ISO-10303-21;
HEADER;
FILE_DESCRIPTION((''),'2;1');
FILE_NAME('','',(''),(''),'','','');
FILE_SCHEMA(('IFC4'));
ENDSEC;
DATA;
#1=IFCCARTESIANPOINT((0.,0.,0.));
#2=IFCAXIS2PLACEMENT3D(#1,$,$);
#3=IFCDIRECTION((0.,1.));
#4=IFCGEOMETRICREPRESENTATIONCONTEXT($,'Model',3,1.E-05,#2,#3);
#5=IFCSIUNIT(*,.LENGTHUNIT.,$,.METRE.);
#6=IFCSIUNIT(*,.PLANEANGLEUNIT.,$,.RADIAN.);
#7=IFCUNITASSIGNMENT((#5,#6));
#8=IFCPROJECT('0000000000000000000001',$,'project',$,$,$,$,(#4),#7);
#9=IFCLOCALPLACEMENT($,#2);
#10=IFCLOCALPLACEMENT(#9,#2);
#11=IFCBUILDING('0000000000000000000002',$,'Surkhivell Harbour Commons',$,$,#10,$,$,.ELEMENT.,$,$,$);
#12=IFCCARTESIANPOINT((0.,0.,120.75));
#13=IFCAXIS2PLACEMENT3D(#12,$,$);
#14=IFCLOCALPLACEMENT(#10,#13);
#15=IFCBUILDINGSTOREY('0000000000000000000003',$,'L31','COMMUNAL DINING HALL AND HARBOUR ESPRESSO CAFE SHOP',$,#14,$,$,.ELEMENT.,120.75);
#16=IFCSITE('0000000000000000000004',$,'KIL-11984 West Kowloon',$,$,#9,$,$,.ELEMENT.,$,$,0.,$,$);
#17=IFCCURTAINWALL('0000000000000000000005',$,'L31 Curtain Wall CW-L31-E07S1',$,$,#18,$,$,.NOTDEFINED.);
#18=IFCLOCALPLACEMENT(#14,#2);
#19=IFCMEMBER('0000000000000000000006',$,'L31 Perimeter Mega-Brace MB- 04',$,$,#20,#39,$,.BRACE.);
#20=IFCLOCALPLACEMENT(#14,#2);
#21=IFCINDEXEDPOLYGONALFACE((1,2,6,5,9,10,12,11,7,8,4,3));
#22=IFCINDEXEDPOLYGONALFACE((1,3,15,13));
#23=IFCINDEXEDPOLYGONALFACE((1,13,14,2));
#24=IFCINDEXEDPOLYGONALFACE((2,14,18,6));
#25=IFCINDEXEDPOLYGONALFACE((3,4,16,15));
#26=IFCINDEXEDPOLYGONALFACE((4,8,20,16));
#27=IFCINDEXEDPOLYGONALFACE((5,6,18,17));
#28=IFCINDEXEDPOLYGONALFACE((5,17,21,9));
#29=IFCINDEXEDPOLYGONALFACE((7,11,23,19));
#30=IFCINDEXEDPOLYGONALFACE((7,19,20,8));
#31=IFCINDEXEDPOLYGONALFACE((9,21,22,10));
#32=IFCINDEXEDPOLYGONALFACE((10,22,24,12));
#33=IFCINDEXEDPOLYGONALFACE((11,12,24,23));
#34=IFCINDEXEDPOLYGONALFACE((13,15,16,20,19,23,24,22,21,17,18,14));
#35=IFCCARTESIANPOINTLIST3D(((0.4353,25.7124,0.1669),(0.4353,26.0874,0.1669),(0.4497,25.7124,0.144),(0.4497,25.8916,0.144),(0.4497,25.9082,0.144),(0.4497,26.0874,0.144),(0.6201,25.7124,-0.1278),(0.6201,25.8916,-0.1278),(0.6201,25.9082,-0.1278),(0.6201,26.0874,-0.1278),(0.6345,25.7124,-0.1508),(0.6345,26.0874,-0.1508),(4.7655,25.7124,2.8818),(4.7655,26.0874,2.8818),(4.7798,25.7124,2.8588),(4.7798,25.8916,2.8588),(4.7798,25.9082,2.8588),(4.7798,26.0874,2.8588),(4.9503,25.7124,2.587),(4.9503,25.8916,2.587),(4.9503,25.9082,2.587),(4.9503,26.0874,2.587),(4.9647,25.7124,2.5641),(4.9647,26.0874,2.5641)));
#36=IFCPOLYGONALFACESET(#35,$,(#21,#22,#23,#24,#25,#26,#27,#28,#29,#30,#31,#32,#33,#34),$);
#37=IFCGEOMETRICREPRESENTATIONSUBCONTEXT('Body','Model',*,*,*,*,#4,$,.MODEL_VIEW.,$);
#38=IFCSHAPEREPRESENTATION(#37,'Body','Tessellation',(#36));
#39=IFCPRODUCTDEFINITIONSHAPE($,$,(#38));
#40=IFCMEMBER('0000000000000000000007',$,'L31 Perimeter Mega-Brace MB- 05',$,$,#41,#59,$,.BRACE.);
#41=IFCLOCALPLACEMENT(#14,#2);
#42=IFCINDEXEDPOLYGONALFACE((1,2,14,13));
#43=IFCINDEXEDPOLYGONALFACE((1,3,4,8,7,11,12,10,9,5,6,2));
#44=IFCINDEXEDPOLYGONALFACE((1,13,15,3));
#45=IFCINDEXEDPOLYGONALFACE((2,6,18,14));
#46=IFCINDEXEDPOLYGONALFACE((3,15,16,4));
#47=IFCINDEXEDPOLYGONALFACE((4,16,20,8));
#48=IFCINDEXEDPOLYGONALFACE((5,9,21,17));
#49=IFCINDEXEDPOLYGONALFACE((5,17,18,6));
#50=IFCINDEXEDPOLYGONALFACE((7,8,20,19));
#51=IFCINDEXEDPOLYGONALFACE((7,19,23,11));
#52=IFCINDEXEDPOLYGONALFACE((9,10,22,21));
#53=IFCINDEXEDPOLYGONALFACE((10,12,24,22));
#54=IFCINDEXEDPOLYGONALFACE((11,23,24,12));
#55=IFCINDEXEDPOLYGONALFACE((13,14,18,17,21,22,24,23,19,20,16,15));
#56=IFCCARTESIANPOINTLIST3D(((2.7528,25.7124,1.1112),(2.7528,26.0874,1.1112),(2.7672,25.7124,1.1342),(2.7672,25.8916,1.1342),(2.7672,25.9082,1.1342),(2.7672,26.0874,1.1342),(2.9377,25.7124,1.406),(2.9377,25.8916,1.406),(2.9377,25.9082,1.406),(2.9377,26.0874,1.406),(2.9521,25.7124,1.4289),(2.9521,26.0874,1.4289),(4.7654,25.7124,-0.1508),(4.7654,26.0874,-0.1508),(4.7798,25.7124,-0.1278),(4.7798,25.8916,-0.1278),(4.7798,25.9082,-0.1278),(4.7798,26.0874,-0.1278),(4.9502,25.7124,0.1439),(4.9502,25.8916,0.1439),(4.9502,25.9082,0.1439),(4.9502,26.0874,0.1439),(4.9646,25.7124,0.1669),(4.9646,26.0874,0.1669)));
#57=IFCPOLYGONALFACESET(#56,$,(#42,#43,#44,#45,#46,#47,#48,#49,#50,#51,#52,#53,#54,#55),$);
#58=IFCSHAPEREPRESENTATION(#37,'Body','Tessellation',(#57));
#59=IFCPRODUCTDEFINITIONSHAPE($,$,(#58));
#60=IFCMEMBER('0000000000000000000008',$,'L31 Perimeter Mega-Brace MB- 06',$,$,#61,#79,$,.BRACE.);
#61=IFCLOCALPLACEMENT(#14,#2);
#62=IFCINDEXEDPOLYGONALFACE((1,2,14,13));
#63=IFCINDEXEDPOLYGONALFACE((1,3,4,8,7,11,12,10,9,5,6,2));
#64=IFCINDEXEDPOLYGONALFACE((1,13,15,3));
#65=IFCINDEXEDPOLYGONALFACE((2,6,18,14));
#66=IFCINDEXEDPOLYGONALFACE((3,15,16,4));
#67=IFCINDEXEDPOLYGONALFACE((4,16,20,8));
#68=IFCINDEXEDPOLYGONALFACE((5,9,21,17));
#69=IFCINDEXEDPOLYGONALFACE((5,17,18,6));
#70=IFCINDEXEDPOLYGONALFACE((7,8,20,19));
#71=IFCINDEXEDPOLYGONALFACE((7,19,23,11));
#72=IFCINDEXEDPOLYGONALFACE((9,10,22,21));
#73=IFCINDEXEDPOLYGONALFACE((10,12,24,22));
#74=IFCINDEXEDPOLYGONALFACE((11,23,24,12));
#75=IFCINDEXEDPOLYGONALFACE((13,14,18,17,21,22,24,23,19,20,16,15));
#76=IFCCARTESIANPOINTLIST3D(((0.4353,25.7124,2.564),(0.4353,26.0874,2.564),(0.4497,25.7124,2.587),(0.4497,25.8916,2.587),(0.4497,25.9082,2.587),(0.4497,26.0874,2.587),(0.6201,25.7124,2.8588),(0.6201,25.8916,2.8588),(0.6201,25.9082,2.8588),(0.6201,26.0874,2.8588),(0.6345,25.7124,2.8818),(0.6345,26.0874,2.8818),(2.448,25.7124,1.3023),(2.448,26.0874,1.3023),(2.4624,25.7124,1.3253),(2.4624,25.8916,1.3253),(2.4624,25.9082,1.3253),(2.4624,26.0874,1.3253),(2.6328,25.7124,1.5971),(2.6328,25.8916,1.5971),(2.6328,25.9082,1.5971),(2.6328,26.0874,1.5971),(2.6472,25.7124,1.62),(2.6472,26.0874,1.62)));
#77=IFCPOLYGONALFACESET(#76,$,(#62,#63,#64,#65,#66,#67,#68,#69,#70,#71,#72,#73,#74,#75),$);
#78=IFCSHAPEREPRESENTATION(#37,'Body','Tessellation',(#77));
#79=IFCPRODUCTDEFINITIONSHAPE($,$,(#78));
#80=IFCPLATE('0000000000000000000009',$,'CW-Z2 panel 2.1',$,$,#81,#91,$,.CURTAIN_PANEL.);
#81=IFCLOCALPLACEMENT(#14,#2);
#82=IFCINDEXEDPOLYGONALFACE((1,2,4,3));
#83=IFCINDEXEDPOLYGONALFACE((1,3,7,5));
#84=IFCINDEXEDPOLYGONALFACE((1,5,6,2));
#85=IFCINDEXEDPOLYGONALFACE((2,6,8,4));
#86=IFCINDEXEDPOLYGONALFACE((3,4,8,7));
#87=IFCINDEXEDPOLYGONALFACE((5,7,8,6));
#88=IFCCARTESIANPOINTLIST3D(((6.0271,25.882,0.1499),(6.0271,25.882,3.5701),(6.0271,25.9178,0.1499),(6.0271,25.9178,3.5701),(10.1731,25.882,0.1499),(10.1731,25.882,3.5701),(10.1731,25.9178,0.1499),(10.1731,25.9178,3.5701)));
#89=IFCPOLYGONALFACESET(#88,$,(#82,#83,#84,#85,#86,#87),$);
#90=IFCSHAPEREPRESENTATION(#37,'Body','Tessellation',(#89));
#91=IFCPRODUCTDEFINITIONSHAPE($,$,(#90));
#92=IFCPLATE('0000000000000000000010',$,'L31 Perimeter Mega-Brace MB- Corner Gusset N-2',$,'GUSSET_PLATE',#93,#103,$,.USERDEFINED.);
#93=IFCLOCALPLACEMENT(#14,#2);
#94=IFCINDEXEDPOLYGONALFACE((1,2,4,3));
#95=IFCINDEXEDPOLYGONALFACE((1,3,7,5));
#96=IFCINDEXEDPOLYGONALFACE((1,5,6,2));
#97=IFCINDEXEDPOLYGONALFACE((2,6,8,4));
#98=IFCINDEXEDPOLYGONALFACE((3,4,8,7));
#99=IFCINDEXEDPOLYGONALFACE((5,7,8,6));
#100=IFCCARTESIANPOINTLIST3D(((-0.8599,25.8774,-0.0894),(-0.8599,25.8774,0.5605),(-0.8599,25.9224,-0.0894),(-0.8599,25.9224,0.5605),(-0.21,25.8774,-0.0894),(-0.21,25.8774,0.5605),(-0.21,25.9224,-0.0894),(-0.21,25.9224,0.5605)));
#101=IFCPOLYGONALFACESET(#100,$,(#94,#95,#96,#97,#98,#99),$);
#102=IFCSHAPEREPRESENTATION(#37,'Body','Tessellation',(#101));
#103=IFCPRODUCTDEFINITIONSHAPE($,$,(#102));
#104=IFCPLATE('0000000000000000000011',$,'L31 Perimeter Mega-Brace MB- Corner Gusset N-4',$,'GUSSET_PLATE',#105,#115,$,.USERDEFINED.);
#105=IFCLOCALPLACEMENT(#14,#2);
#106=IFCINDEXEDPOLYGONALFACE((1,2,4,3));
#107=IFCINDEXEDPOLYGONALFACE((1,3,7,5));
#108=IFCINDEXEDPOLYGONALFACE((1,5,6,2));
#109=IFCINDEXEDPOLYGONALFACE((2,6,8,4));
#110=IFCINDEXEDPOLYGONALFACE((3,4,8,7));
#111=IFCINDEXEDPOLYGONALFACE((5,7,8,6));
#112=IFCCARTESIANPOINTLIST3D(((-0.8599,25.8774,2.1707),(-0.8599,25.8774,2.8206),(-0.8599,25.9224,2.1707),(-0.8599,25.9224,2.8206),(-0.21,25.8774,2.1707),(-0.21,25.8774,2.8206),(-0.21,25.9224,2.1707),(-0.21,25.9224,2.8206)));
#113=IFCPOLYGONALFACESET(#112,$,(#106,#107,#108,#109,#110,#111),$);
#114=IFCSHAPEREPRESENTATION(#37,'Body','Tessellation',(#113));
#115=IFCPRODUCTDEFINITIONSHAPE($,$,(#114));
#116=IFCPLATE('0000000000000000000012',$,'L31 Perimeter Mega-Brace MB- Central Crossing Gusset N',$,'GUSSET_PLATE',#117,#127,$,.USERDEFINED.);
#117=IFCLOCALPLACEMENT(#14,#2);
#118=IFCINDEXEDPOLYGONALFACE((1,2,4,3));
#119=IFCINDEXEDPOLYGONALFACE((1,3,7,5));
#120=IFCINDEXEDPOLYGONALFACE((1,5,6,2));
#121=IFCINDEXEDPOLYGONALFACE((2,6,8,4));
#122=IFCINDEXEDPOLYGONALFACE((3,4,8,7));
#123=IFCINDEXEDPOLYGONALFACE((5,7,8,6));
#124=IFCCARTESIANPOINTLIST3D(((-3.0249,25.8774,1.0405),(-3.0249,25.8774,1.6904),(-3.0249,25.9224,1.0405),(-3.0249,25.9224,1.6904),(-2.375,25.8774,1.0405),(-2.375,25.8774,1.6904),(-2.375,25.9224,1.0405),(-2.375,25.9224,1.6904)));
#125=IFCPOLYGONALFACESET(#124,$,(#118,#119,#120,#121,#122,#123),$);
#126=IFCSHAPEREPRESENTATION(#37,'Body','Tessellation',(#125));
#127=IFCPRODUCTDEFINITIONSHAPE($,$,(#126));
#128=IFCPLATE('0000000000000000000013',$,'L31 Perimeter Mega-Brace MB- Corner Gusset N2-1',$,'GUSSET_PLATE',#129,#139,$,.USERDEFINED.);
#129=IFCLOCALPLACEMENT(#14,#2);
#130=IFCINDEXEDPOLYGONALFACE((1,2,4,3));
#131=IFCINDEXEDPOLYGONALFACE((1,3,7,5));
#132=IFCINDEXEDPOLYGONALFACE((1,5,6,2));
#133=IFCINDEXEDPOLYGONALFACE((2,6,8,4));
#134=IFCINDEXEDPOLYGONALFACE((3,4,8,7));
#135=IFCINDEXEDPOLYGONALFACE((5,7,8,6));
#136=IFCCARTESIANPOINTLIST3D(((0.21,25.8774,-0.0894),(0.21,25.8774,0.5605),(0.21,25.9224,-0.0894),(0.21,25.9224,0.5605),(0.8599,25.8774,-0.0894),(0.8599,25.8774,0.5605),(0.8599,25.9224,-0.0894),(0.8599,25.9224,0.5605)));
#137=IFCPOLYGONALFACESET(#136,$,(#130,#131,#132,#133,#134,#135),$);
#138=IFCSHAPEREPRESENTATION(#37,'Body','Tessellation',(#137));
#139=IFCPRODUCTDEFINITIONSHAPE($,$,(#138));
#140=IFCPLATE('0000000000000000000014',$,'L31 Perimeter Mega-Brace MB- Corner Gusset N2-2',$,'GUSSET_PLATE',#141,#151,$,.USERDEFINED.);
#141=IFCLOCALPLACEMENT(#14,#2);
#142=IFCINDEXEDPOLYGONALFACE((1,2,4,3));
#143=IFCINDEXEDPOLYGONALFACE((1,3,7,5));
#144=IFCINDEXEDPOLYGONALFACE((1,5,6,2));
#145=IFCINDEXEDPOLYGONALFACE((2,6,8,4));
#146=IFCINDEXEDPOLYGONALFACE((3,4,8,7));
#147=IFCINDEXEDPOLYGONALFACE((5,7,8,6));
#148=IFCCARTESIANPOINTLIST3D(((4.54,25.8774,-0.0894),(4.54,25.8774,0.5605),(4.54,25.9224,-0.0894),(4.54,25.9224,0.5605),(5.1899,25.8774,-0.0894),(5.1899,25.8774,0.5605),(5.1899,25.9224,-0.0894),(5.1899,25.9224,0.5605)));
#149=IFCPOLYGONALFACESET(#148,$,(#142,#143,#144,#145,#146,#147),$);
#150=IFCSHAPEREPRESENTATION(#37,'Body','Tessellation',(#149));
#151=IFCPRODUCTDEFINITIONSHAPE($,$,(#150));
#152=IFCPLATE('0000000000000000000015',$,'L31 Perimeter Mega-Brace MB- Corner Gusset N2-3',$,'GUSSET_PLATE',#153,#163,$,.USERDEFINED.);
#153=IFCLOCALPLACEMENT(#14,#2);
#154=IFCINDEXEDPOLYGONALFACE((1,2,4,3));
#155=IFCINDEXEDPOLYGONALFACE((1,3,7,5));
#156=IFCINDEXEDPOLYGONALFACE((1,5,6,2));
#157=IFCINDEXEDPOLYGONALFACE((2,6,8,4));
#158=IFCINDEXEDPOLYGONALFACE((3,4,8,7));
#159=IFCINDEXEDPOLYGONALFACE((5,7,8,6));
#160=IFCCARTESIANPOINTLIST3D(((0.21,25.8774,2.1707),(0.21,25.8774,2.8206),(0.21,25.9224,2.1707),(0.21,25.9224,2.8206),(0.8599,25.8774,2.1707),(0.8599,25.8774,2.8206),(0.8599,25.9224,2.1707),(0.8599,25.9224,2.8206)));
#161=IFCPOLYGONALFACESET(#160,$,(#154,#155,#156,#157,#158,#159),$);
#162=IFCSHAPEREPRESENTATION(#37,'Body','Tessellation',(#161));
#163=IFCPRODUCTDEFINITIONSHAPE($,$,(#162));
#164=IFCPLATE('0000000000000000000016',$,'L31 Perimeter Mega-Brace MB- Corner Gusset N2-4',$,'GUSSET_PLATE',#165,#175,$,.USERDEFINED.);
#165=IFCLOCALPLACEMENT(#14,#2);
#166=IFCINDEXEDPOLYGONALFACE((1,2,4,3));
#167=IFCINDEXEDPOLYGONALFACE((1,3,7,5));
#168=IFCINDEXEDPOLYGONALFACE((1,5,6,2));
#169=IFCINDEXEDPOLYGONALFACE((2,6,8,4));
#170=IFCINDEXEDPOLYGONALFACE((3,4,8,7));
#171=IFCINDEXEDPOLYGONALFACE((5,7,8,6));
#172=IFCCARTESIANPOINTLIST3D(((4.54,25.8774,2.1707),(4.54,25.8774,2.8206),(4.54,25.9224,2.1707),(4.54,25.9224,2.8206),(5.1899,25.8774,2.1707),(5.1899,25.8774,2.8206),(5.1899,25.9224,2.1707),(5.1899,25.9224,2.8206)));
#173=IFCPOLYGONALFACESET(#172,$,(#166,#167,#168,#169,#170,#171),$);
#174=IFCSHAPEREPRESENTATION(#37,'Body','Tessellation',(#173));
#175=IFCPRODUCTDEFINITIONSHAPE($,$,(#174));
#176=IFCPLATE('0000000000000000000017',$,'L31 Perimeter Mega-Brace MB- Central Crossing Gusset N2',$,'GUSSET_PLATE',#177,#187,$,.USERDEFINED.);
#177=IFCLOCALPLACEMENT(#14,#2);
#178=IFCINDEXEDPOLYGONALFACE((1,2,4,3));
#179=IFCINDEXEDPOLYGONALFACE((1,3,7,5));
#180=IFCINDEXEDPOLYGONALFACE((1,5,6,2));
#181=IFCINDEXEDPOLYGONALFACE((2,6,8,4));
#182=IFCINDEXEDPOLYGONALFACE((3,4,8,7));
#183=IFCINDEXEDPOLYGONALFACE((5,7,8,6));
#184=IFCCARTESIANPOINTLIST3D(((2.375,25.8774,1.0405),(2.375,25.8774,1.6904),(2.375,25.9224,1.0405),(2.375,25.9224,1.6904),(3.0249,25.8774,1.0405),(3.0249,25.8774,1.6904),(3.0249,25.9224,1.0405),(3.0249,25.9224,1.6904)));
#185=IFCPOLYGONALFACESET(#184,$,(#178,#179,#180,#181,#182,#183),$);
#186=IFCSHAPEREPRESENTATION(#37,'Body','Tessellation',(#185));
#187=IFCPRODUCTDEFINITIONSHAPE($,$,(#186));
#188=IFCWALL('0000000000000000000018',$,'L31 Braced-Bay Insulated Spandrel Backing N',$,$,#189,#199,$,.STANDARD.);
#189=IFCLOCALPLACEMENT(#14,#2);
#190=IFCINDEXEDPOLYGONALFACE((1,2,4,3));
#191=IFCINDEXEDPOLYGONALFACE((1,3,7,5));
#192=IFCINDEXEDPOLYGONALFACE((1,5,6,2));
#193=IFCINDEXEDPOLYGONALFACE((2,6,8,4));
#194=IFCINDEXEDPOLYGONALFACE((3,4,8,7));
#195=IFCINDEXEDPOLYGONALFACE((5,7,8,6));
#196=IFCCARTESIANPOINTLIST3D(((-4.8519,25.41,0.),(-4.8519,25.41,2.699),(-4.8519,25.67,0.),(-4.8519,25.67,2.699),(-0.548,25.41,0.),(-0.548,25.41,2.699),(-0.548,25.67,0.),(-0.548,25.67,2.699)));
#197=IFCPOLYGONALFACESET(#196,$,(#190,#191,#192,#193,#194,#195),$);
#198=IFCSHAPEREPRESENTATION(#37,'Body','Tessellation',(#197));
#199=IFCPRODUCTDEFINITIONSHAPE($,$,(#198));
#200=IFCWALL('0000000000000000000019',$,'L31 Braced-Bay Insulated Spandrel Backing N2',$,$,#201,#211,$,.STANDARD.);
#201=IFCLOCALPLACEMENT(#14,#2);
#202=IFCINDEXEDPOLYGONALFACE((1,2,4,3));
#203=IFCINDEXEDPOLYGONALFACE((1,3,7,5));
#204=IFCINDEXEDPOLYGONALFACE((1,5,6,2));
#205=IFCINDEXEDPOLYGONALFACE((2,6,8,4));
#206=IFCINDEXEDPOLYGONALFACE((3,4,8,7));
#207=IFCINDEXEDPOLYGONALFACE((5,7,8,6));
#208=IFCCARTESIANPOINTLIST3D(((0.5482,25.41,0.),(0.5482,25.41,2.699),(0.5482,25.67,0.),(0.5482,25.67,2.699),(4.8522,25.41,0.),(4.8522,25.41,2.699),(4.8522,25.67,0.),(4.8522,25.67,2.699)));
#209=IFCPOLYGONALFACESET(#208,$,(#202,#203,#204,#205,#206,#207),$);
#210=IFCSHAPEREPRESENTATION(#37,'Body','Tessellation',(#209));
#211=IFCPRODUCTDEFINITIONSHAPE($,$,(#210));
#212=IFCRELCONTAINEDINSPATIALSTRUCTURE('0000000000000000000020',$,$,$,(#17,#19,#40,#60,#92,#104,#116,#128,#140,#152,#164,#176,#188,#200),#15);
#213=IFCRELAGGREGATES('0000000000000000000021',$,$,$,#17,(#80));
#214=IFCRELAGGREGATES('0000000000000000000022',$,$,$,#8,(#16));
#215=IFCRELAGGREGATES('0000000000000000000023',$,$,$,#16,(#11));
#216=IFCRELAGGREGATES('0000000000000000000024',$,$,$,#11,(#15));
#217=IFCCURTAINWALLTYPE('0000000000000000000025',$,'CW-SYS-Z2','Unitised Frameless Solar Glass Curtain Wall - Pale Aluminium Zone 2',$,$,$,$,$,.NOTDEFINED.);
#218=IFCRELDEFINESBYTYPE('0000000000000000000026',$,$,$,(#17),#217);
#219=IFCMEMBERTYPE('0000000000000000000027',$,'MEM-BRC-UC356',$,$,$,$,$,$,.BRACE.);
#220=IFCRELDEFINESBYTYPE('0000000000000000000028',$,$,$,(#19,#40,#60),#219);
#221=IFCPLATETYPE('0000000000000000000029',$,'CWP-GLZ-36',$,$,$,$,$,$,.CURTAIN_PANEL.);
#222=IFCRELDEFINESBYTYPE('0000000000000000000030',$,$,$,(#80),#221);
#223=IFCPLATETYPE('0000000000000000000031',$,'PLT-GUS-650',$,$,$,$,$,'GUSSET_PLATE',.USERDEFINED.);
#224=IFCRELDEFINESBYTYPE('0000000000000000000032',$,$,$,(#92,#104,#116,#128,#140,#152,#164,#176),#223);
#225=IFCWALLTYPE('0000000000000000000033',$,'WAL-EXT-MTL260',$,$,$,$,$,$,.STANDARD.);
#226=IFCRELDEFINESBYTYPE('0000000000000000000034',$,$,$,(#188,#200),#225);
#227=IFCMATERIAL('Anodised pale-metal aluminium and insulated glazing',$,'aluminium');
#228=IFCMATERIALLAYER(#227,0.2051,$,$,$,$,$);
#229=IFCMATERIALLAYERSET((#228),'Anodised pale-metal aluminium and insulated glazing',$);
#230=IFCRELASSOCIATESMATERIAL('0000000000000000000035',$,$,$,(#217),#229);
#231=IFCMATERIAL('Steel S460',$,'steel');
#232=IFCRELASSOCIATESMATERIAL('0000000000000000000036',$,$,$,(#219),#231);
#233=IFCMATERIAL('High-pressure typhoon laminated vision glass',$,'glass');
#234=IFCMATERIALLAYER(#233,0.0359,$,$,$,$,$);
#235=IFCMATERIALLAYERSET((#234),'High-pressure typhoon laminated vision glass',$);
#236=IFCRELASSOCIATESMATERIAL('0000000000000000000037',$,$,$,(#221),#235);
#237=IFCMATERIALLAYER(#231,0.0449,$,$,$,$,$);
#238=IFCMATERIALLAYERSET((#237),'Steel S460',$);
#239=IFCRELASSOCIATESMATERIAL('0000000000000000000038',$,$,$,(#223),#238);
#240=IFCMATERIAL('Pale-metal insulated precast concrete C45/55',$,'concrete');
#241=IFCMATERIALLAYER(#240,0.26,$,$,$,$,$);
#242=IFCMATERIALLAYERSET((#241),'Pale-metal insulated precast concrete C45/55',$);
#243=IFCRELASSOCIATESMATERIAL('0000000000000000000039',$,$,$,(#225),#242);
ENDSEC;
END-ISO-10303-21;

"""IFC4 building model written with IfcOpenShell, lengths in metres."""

from ifc_helpers import new_model, si_unit, direction, frame, frame_2d, origin, origin_2d, place, context, subcontext, project, spatial, rectangle, i_section, extrude, material, layer, layer_set, material_profile, profile_set, type_object, element, aggregate, save


model = new_model("IFC4")

# Units and contexts
model_context = context("Model", 3, precision=1e-05, world=origin(), true_north=direction((0.0, 1.0)))
body_context = subcontext(model_context, "Body", "Model", "MODEL_VIEW")
ifc_project = project(units=[si_unit("LENGTHUNIT", "METRE"), si_unit("PLANEANGLEUNIT", "RADIAN")], contexts=[model_context])

# Site, building, storey
site_placement = place(None, origin())
site = spatial("IfcSite", under=ifc_project, at=site_placement, Name="KIL-11984 West Kowloon", CompositionType="ELEMENT", RefElevation=0.0)
building_placement = place(site_placement, origin())
building = spatial("IfcBuilding", under=site, at=building_placement, Name="Surkhivell Harbour Commons", CompositionType="ELEMENT")
storey_placement = place(building_placement, frame((0.0, 0.0, 120.75)))
storey = spatial("IfcBuildingStorey", under=building, at=storey_placement, Name="L31", Description="COMMUNAL DINING HALL AND HARBOUR ESPRESSO CAFE SHOP", CompositionType="ELEMENT", Elevation=120.75)

# Shared definitions
ifc_material_1 = material(Name="Steel S460", Category="steel")

# Curtain wall
ifc_material_2 = material(Name="Anodised pale-metal aluminium and insulated glazing", Category="aluminium")
ifc_layer_1 = layer(ifc_material_2, 0.2051)
ifc_layer_set_1 = layer_set([ifc_layer_1], Name="Anodised pale-metal aluminium and insulated glazing")
curtain_wall_type = type_object("IfcCurtainWallType", Name="CW-SYS-Z2", Description="Unitised Frameless Solar Glass Curtain Wall - Pale Aluminium Zone 2", PredefinedType="NOTDEFINED", material=ifc_layer_set_1)
curtain_wall_placement = place(storey_placement, origin())
curtain_wall = element("IfcCurtainWall", 1, at=curtain_wall_placement, inside=storey, type_object=curtain_wall_type, Name="L31 Curtain Wall CW-L31-E07S1", PredefinedType="NOTDEFINED")

# Members
ifc_material_profile_1 = material_profile(ifc_material_1, i_section(OverallWidth=0.375, OverallDepth=0.375, WebThickness=0.0166, FlangeThickness=0.0271, at=origin_2d()), Name="UC356x368x202")
ifc_profile_set_1 = profile_set([ifc_material_profile_1], Name="Steel S460")
member_type_1 = type_object("IfcMemberType", Name="MEM-BRC-UC356", PredefinedType="BRACE", material=ifc_profile_set_1)
member_1_placement = place(storey_placement, frame((0.5349, 25.8999, 0.0081), z_axis=(0.847246, 0.0, 0.531201), x_axis=(0.0, 1.0, 0.0)))
element("IfcMember", 2, at=member_1_placement, inside=storey, type_object=member_type_1, Name="L31 Perimeter Mega-Brace MB- 04", PredefinedType="BRACE", context=body_context, shape_type="SweptSolid", body=[
    extrude(i_section(OverallWidth=0.375, OverallDepth=0.375, WebThickness=0.0166, FlangeThickness=0.0271, at=origin_2d()), origin(), (0.0, 0.0, 1.0), 5.1108),
])
for number, where, z_axis, x_axis, name in (
    (3, (4.865, 25.8999, 0.0081), (-0.847206, 0.0, 0.531264), (0.0, -1.0, 0.0), "L31 Perimeter Mega-Brace MB- 05"),
    (4, (2.5476, 25.8999, 1.4612), (-0.847282, 0.0, 0.531144), (0.0, -1.0, 0.0), "L31 Perimeter Mega-Brace MB- 06"),
):
    element("IfcMember", number, at=place(storey_placement, frame(where, z_axis=z_axis, x_axis=x_axis)), inside=storey, type_object=member_type_1, Name=name, PredefinedType="BRACE", context=body_context, shape_type="SweptSolid", body=[
        extrude(i_section(OverallWidth=0.375, OverallDepth=0.375, WebThickness=0.0166, FlangeThickness=0.0271, at=origin_2d()), origin(), (0.0, 0.0, 1.0), 2.3755),
    ])

# Plate
ifc_material_3 = material(Name="High-pressure typhoon laminated vision glass", Category="glass")
ifc_layer_2 = layer(ifc_material_3, 0.0359)
ifc_layer_set_2 = layer_set([ifc_layer_2], Name="High-pressure typhoon laminated vision glass")
plate_type_1 = type_object("IfcPlateType", Name="CWP-GLZ-36", PredefinedType="CURTAIN_PANEL", material=ifc_layer_set_2)
plate_placement = place(storey_placement, frame((10.1731, 25.8999, 0.1499), z_axis=(0.0, 0.0, 1.0), x_axis=(-1.0, 0.0, 0.0)))
plate = element("IfcPlate", 5, at=plate_placement, type_object=plate_type_1, Name="CW-Z2 panel 2.1", PredefinedType="CURTAIN_PANEL", context=body_context, shape_type="SweptSolid", body=[
    extrude(rectangle(XDim=4.146, YDim=0.0359, at=frame_2d((2.073, 0.0))), origin(), (0.0, 0.0, 1.0), 3.4202),
])
aggregate(curtain_wall, [plate])

# Plates
ifc_layer_3 = layer(ifc_material_1, 0.0449)
ifc_layer_set_3 = layer_set([ifc_layer_3], Name="Steel S460")
plate_type_2 = type_object("IfcPlateType", Name="PLT-GUS-650", ElementType="GUSSET_PLATE", PredefinedType="USERDEFINED", material=ifc_layer_set_3)
for number, where, z_axis, x_axis, name in (
    (6, (-0.5349, 25.8999, -0.0894), (0.0, 0.0, 1.0), (1.0, 0.0, 0.0), "L31 Perimeter Mega-Brace MB- Corner Gusset N-2"),
    (7, (-0.5349, 25.8999, 2.1707), (0.0, 0.0, 1.0), (1.0, 0.0, 0.0), "L31 Perimeter Mega-Brace MB- Corner Gusset N-4"),
    (8, (-2.7, 25.8999, 1.0405), (0.0, 0.0, 1.0), (1.0, 0.0, 0.0), "L31 Perimeter Mega-Brace MB- Central Crossing Gusset N"),
    (9, (0.5349, 25.8999, -0.0894), (0.0, 0.0, 1.0), (1.0, 0.0, 0.0), "L31 Perimeter Mega-Brace MB- Corner Gusset N2-1"),
    (10, (4.865, 25.8999, -0.0894), (0.0, 0.0, 1.0), (1.0, 0.0, 0.0), "L31 Perimeter Mega-Brace MB- Corner Gusset N2-2"),
    (11, (0.5349, 25.8999, 2.1707), (0.0, 0.0, 1.0), (1.0, 0.0, 0.0), "L31 Perimeter Mega-Brace MB- Corner Gusset N2-3"),
    (12, (4.865, 25.8999, 2.1707), (0.0, 0.0, 1.0), (1.0, 0.0, 0.0), "L31 Perimeter Mega-Brace MB- Corner Gusset N2-4"),
    (13, (2.7, 25.8999, 1.0405), (0.0, 0.0, 1.0), (1.0, 0.0, 0.0), "L31 Perimeter Mega-Brace MB- Central Crossing Gusset N2"),
):
    element("IfcPlate", number, at=place(storey_placement, frame(where, z_axis=z_axis, x_axis=x_axis)), inside=storey, type_object=plate_type_2, Name=name, ObjectType="GUSSET_PLATE", PredefinedType="USERDEFINED", context=body_context, shape_type="SweptSolid", body=[
        extrude(rectangle(XDim=0.6499, YDim=0.0449, at=origin_2d()), origin(), (0.0, 0.0, 1.0), 0.6499),
    ])

# Walls
ifc_material_4 = material(Name="Pale-metal insulated precast concrete C45/55", Category="concrete")
ifc_layer_4 = layer(ifc_material_4, 0.26)
ifc_layer_set_4 = layer_set([ifc_layer_4], Name="Pale-metal insulated precast concrete C45/55")
wall_type = type_object("IfcWallType", Name="WAL-EXT-MTL260", PredefinedType="STANDARD", material=ifc_layer_set_4)
for number, where, z_axis, x_axis, name in (
    (14, (-0.5481, 25.54, 0.0), (0.0, 0.0, 1.0), (-1.0, 0.0, 0.0), "L31 Braced-Bay Insulated Spandrel Backing N"),
    (15, (4.8521, 25.54, 0.0), (0.0, 0.0, 1.0), (-1.0, 0.0, 0.0), "L31 Braced-Bay Insulated Spandrel Backing N2"),
):
    element("IfcWall", number, at=place(storey_placement, frame(where, z_axis=z_axis, x_axis=x_axis)), inside=storey, type_object=wall_type, Name=name, PredefinedType="STANDARD", context=body_context, shape_type="SweptSolid", body=[
        extrude(rectangle(XDim=4.304, YDim=0.26, at=frame_2d((2.1519, 0.0))), origin(), (0.0, 0.0, 1.0), 2.699),
    ])

save(model, "model.ifc")
